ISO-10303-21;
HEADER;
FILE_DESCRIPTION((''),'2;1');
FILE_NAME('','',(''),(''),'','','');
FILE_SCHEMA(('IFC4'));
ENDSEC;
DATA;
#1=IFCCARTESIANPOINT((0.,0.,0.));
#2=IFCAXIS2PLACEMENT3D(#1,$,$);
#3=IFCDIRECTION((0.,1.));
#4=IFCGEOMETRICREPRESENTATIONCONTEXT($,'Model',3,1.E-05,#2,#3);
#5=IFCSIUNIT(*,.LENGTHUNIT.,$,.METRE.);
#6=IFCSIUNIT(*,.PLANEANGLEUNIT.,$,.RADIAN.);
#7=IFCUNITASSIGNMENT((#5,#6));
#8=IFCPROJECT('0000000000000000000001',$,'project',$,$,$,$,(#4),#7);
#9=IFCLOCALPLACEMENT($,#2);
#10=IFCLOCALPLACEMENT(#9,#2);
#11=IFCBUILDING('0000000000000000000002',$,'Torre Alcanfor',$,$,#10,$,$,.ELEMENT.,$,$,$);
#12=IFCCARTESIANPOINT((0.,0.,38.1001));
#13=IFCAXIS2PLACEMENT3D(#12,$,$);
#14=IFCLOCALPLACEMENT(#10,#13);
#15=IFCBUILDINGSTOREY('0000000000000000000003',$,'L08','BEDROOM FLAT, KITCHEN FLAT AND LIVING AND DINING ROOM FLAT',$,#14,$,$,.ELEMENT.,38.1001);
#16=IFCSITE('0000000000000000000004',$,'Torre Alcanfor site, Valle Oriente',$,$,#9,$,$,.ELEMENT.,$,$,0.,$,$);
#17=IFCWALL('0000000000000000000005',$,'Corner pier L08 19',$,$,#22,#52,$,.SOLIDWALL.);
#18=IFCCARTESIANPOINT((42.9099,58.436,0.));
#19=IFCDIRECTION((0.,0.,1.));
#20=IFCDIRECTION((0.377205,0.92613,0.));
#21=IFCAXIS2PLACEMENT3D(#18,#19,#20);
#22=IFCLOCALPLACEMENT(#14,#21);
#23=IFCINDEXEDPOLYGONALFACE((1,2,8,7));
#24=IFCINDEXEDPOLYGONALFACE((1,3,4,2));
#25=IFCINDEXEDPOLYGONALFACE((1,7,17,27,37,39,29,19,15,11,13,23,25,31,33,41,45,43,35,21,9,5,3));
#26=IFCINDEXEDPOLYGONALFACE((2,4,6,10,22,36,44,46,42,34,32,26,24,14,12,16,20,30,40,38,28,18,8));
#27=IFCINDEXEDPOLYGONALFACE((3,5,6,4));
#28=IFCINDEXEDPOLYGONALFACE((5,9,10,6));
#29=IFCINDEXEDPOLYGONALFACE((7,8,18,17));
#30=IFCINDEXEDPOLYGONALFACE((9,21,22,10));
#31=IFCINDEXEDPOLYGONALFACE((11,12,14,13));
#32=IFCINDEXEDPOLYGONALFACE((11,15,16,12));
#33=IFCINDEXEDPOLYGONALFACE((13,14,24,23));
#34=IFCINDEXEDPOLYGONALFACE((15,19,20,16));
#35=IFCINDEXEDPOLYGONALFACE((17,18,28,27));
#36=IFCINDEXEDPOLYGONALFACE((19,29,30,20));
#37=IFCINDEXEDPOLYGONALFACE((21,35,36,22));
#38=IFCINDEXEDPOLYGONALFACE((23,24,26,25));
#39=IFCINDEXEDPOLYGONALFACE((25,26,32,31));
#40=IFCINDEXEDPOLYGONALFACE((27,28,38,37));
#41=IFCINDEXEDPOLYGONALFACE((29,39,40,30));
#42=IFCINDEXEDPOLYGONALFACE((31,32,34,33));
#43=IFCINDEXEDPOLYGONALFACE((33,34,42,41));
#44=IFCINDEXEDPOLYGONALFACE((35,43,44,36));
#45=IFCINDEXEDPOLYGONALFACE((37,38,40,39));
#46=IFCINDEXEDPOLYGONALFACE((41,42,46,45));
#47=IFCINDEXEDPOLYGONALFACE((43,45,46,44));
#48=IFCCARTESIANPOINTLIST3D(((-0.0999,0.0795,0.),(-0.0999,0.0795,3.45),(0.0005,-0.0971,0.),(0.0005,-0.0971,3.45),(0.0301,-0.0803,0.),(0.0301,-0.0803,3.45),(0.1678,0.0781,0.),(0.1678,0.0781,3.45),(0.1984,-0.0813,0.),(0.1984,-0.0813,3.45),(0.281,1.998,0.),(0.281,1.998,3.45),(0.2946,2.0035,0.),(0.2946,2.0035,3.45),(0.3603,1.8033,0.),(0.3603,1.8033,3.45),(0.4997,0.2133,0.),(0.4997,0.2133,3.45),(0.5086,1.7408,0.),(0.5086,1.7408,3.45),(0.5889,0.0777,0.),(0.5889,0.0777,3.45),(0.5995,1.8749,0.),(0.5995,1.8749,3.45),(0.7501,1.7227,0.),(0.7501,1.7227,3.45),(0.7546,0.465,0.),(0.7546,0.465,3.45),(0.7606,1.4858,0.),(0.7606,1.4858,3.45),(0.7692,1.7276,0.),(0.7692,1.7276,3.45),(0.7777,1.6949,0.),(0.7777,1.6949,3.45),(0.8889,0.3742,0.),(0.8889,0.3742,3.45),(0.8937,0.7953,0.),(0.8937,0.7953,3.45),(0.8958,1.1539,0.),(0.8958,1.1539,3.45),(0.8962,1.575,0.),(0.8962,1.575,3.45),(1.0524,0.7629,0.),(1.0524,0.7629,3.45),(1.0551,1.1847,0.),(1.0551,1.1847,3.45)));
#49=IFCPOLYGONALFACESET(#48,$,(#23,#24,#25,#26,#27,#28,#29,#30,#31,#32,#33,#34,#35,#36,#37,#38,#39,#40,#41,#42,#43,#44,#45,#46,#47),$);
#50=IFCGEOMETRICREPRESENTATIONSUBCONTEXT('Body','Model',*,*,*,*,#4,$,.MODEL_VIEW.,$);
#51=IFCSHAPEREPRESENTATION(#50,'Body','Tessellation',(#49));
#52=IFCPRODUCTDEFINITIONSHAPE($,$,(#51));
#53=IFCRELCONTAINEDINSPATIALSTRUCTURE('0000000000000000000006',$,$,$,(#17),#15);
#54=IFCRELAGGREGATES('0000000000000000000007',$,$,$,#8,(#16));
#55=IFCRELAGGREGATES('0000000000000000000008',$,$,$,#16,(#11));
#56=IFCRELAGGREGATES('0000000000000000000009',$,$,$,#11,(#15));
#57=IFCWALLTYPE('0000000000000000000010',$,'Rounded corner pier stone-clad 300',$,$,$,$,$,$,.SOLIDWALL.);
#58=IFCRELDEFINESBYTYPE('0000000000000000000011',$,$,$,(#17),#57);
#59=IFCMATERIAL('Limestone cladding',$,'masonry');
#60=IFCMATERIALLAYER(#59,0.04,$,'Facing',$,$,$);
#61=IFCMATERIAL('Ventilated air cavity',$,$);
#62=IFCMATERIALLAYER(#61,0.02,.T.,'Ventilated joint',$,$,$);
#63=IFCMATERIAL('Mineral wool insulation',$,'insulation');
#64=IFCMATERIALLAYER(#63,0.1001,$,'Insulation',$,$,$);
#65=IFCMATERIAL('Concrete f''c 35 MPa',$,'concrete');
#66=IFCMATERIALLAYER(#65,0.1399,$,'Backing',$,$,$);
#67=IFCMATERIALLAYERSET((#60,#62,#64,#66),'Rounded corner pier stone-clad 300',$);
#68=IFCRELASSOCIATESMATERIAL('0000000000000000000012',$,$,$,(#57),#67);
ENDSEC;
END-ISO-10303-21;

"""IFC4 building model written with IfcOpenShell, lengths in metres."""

from ifc_helpers import new_model, si_unit, direction, frame, origin, place, context, subcontext, project, spatial, polyline, outline, extrude, material, layer, layer_set, type_object, element, save


model = new_model("IFC4")

# Units and contexts
model_context = context("Model", 3, precision=1e-05, world=origin(), true_north=direction((0.0, 1.0)))
body_context = subcontext(model_context, "Body", "Model", "MODEL_VIEW")
ifc_project = project(units=[si_unit("LENGTHUNIT", "METRE"), si_unit("PLANEANGLEUNIT", "RADIAN")], contexts=[model_context])

# Site, building, storey
site_placement = place(None, origin())
site = spatial("IfcSite", under=ifc_project, at=site_placement, Name="Torre Alcanfor site, Valle Oriente", CompositionType="ELEMENT", RefElevation=0.0)
building_placement = place(site_placement, origin())
building = spatial("IfcBuilding", under=site, at=building_placement, Name="Torre Alcanfor", CompositionType="ELEMENT")
storey_placement = place(building_placement, frame((0.0, 0.0, 38.1001)))
storey = spatial("IfcBuildingStorey", under=building, at=storey_placement, Name="L08", Description="BEDROOM FLAT, KITCHEN FLAT AND LIVING AND DINING ROOM FLAT", CompositionType="ELEMENT", Elevation=38.1001)

# Shared definitions
ifc_material_1 = material(Name="Limestone cladding", Category="masonry")
ifc_material_2 = material(Name="Ventilated air cavity")
ifc_material_3 = material(Name="Mineral wool insulation", Category="insulation")
ifc_material_4 = material(Name="Concrete f'c 35 MPa", Category="concrete")

# Wall
ifc_layer_1 = layer(ifc_material_1, 0.04, Name="Facing")
ifc_layer_2 = layer(ifc_material_2, 0.02, ventilated=True, Name="Ventilated joint")
ifc_layer_3 = layer(ifc_material_3, 0.1001, Name="Insulation")
ifc_layer_4 = layer(ifc_material_4, 0.1399, Name="Backing")
ifc_layer_set_1 = layer_set([ifc_layer_1, ifc_layer_2, ifc_layer_3, ifc_layer_4], Name="Rounded corner pier stone-clad 300")
wall_type_1 = type_object("IfcWallType", Name="Rounded corner pier stone-clad 300", PredefinedType="SOLIDWALL", material=ifc_layer_set_1)
wall_1_placement = place(storey_placement, frame((42.9099, 58.436, 0.0), z_axis=(0.0, 0.0, 1.0), x_axis=(0.377205, 0.92613, 0.0)))
element("IfcWall", 1, at=wall_1_placement, inside=storey, type_object=wall_type_1, Name="Corner pier L08 19", PredefinedType="SOLIDWALL", context=body_context, shape_type="SweptSolid", body=[
    extrude(outline(polyline([(0.7692, 1.7276), (0.7501, 1.7227), (0.5995, 1.8749), (0.2946, 2.0035), (0.281, 1.998), (0.3603, 1.8033), (0.5086, 1.7408), (0.7606, 1.4858), (0.8958, 1.1539), (0.8937, 0.7953), (0.7546, 0.465), (0.4997, 0.2133), (0.1678, 0.0781), (-0.0999, 0.0795), (0.0005, -0.0971), (0.0301, -0.0803), (0.1984, -0.0813), (0.5889, 0.0777), (0.8889, 0.3742), (1.0524, 0.7629), (1.0551, 1.1847), (0.8962, 1.575), (0.7777, 1.6949), (0.7692, 1.7276)])), origin(), (0.0, 0.0, 1.0), 3.45),
])

save(model, "model.ifc")
